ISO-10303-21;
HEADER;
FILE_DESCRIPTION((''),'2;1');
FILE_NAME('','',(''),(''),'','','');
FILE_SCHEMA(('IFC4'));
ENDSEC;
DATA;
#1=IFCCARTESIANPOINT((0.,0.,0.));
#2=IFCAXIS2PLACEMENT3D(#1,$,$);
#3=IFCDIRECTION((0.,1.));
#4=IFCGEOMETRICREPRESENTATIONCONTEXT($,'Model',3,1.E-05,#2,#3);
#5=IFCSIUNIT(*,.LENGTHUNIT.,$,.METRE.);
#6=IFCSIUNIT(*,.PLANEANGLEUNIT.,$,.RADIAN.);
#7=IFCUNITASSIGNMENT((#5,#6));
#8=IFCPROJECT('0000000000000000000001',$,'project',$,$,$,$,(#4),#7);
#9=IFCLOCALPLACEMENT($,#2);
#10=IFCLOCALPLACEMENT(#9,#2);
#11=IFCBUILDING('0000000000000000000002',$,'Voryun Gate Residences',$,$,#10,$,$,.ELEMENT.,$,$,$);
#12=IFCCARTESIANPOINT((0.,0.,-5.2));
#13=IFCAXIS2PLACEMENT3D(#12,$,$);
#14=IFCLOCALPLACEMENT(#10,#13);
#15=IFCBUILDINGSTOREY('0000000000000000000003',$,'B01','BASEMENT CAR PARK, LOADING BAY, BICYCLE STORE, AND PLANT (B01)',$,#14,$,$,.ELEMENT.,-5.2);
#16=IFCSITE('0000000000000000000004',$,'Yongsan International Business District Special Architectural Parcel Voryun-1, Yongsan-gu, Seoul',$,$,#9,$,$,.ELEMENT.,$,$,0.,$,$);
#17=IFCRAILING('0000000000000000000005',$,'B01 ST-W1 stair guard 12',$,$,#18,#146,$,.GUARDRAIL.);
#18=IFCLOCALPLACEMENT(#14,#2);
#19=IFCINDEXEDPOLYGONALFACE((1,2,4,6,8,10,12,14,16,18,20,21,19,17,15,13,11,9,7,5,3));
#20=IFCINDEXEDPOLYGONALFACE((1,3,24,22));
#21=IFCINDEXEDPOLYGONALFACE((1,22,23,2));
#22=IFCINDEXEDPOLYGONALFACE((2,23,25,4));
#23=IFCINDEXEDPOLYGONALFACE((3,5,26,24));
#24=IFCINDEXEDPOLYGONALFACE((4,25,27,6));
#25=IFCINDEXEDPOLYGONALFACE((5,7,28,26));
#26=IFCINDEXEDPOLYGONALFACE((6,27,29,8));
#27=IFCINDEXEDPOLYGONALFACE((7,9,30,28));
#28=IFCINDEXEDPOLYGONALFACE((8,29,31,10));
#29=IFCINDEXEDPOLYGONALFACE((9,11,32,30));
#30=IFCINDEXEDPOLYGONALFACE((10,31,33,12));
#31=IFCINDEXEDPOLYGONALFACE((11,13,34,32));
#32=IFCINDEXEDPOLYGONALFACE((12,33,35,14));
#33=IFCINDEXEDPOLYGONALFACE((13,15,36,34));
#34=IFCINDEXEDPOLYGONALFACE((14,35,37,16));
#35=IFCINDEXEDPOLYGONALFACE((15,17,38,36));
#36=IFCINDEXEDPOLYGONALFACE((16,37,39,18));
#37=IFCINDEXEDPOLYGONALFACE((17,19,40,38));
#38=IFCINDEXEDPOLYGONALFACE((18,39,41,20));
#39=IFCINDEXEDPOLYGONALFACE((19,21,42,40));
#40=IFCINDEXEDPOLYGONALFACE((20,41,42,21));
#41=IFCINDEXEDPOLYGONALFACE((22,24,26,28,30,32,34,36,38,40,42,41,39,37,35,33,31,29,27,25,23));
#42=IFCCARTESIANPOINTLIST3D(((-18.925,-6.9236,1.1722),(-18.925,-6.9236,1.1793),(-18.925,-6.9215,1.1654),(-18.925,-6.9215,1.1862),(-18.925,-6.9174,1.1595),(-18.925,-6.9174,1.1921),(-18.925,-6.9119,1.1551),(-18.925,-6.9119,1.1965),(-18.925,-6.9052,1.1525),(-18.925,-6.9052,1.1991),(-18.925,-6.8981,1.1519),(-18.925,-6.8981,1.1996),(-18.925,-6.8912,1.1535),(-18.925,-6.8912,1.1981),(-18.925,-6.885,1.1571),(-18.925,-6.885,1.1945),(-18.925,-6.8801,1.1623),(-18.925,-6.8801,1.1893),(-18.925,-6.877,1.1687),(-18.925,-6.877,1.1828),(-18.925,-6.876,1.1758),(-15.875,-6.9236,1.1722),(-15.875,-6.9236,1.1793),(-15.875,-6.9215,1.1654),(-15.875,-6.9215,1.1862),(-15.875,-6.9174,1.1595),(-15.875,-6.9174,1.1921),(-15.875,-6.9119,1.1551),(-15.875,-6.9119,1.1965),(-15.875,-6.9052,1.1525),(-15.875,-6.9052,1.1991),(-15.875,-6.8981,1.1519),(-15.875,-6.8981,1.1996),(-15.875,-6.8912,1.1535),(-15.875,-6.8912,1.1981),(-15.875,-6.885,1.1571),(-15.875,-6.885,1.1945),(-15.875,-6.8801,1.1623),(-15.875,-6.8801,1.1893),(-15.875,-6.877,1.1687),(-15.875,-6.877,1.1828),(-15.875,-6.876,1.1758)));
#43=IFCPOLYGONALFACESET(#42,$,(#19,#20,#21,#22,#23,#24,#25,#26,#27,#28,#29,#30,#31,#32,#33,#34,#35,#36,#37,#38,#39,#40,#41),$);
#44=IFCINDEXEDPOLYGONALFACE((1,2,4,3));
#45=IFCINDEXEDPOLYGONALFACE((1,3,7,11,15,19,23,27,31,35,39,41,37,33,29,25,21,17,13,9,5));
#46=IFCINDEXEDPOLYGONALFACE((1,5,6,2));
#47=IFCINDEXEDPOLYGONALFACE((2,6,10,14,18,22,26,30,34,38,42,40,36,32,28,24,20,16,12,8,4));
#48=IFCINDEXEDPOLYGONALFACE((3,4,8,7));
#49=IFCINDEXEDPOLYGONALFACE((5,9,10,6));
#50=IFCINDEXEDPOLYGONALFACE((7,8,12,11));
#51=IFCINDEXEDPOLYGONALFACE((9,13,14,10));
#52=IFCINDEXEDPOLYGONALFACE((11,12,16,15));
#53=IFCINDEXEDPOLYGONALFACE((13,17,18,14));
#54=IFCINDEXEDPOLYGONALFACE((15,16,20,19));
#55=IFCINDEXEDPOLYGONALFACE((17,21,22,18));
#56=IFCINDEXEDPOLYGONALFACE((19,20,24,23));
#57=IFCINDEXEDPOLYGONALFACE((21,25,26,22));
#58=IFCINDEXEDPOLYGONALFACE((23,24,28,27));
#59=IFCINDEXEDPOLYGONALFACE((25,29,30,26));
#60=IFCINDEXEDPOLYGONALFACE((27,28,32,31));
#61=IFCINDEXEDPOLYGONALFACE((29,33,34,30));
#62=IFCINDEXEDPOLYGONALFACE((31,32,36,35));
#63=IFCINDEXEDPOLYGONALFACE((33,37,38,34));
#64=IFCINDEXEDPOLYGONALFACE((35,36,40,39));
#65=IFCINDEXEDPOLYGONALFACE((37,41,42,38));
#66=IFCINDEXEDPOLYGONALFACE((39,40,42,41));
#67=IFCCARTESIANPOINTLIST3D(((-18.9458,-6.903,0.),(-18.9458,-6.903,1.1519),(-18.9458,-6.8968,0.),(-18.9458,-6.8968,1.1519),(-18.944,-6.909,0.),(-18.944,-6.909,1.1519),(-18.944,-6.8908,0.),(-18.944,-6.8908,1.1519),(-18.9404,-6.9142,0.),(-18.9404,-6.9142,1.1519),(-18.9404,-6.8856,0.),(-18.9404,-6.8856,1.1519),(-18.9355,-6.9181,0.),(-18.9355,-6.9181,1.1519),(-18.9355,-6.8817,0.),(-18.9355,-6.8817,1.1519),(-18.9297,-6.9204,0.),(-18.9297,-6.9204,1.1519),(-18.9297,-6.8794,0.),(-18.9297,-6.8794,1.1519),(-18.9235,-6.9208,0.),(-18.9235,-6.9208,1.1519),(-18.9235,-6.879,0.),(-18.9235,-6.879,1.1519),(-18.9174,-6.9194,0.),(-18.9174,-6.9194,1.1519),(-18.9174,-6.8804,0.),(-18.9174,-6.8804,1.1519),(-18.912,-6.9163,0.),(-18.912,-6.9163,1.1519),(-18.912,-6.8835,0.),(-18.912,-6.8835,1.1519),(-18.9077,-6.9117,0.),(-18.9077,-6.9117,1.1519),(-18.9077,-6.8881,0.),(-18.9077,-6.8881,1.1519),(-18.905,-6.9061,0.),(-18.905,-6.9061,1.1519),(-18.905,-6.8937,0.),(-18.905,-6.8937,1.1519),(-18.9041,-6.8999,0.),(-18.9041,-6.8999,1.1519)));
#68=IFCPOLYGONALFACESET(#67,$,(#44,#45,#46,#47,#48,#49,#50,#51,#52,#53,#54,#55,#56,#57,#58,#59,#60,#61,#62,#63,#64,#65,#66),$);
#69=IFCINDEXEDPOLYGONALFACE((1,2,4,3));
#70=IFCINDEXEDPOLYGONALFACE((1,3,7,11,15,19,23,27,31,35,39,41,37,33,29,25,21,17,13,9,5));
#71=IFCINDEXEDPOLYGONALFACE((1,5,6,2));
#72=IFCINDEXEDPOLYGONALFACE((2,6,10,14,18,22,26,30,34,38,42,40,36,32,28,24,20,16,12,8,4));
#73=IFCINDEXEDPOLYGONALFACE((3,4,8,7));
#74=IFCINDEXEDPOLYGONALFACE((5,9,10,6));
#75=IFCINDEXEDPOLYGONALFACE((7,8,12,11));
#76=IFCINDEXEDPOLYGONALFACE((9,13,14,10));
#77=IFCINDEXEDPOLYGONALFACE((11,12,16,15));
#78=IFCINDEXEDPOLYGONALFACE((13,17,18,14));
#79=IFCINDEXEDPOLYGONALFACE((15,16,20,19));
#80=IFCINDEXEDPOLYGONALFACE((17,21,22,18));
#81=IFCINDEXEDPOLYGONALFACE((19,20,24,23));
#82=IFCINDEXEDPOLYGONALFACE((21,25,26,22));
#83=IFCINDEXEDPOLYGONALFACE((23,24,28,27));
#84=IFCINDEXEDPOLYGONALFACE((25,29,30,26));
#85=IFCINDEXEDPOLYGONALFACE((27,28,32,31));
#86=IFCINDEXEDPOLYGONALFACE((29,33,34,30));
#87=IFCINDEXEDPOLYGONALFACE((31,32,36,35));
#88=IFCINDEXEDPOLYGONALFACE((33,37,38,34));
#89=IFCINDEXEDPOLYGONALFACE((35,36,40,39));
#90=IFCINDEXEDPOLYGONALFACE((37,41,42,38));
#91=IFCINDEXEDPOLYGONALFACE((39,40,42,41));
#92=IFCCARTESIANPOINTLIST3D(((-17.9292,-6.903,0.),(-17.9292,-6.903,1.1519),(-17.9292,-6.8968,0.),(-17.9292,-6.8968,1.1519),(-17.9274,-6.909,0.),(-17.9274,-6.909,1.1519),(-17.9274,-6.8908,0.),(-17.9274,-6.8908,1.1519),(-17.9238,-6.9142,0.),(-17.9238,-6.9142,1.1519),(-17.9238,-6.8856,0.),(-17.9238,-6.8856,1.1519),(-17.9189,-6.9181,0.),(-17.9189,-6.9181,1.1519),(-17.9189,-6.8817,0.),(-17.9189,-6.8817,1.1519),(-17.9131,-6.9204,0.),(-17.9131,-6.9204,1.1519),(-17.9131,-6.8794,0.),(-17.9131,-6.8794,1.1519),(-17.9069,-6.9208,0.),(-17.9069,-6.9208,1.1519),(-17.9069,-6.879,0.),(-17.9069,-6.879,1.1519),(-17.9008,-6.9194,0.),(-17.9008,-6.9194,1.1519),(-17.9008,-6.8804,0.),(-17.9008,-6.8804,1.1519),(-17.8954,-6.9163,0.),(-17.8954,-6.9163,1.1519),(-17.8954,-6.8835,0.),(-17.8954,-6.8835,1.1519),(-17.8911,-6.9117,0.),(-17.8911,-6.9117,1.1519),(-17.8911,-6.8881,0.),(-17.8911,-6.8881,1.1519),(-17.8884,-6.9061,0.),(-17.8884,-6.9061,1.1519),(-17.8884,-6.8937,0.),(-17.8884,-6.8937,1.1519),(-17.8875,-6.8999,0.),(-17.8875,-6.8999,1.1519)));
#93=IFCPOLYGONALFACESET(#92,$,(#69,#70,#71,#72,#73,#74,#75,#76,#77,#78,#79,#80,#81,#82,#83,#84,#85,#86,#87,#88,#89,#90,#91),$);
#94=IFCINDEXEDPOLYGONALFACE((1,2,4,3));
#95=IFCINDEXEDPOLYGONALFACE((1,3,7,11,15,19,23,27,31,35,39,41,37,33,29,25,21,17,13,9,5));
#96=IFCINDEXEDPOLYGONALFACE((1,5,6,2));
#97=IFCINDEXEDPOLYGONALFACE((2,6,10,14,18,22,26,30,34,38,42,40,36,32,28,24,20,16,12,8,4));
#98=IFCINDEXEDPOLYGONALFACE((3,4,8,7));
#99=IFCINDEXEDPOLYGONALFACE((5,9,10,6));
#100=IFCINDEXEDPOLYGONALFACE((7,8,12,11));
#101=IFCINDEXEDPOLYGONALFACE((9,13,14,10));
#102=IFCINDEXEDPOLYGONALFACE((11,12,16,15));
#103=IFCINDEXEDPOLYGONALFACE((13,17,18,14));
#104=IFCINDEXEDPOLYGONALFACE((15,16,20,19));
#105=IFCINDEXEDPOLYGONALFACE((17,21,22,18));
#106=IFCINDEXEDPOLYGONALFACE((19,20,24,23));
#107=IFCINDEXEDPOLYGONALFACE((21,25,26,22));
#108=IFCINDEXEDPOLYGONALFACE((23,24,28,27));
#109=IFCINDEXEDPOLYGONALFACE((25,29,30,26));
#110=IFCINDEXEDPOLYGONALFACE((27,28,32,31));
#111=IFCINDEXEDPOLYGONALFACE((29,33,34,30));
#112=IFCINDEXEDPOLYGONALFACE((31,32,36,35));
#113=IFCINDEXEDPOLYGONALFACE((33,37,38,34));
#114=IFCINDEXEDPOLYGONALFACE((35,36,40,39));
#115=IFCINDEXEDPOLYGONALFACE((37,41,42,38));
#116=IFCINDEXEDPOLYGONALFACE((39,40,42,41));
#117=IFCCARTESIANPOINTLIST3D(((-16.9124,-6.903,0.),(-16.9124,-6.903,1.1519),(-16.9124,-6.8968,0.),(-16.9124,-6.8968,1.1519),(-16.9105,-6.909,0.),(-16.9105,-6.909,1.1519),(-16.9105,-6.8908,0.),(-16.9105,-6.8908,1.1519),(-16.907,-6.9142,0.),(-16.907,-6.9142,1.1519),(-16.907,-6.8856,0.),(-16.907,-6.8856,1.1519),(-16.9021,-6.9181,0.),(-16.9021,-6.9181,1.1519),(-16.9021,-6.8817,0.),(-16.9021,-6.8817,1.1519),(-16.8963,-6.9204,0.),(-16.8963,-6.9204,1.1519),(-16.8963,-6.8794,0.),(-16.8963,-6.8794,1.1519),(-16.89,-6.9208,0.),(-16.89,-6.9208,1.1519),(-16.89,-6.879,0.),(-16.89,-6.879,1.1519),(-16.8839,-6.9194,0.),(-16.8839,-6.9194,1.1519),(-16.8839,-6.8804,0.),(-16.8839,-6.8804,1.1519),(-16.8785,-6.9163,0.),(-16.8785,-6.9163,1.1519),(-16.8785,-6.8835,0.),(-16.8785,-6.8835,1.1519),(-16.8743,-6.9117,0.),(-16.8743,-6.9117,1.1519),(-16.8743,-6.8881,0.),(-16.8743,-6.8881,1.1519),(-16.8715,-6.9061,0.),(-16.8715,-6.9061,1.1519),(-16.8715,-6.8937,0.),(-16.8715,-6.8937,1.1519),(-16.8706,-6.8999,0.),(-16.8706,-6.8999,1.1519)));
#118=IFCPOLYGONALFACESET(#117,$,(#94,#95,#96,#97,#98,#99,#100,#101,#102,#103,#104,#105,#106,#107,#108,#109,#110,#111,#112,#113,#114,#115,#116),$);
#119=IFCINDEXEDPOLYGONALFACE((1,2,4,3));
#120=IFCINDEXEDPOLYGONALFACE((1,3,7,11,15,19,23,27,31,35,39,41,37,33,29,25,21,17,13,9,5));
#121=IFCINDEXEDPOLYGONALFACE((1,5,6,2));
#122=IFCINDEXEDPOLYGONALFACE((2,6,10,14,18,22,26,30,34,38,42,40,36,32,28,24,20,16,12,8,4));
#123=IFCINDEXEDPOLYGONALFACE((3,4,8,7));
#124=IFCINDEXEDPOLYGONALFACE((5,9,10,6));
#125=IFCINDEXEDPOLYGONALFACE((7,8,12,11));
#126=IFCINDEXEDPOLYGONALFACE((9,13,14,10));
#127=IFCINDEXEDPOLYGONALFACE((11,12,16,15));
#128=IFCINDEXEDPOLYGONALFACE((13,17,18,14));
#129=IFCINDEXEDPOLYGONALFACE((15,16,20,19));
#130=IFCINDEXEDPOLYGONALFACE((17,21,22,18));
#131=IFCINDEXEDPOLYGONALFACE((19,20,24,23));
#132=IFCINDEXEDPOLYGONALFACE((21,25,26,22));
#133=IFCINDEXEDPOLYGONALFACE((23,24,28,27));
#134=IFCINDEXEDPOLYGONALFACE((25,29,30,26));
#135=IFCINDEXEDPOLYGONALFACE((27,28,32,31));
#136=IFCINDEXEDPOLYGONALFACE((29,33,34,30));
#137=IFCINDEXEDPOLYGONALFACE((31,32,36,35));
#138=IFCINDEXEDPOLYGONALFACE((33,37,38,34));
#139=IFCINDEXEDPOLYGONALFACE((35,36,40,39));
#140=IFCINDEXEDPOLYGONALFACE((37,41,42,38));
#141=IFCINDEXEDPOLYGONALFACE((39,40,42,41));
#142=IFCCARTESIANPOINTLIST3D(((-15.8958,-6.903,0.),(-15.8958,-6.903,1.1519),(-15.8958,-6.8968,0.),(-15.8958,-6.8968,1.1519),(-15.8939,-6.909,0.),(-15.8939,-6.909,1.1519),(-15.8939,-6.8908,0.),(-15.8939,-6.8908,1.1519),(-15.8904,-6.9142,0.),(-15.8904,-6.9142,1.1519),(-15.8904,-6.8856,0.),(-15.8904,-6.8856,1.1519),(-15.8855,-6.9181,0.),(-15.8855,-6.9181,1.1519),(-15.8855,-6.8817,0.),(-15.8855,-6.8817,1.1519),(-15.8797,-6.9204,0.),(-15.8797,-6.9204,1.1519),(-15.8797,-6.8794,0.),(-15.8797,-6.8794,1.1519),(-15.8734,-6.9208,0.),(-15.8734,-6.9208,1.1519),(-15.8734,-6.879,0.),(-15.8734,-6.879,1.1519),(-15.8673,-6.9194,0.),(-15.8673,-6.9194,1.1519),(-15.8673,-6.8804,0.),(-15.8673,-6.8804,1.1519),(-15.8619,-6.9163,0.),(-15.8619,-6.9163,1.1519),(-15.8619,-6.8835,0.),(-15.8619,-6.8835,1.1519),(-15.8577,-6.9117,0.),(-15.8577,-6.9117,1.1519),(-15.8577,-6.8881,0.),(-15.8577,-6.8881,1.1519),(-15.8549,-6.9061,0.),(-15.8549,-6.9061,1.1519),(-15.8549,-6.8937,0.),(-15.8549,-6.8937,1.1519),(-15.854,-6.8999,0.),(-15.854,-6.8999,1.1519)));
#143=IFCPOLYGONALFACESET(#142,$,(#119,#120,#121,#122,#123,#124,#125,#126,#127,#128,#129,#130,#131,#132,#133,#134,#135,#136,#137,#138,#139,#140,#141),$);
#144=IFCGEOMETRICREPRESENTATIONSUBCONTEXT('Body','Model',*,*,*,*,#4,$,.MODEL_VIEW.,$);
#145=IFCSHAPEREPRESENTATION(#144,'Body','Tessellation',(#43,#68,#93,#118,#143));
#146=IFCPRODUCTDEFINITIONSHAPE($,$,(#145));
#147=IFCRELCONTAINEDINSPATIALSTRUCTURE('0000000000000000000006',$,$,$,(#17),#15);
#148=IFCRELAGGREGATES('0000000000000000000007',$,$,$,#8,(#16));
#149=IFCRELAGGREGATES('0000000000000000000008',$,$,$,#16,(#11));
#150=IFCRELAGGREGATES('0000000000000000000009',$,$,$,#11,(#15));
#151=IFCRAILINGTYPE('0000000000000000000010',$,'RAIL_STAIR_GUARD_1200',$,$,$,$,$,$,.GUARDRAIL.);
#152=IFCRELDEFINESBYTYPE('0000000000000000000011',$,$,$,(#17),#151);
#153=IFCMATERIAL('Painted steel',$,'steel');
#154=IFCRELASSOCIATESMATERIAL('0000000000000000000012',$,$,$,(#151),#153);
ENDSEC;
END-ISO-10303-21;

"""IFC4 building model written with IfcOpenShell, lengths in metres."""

from ifc_helpers import new_model, si_unit, direction, frame, origin, origin_2d, place, context, subcontext, project, spatial, circle, extrude, material, type_object, element, save


model = new_model("IFC4")

# Units and contexts
model_context = context("Model", 3, precision=1e-05, world=origin(), true_north=direction((0.0, 1.0)))
body_context = subcontext(model_context, "Body", "Model", "MODEL_VIEW")
ifc_project = project(units=[si_unit("LENGTHUNIT", "METRE"), si_unit("PLANEANGLEUNIT", "RADIAN")], contexts=[model_context])

# Site, building, storey
site_placement = place(None, origin())
site = spatial("IfcSite", under=ifc_project, at=site_placement, Name="Yongsan International Business District Special Architectural Parcel Voryun-1, Yongsan-gu, Seoul", CompositionType="ELEMENT", RefElevation=0.0)
building_placement = place(site_placement, origin())
building = spatial("IfcBuilding", under=site, at=building_placement, Name="Voryun Gate Residences", CompositionType="ELEMENT")
storey_placement = place(building_placement, frame((0.0, 0.0, -5.2)))
storey = spatial("IfcBuildingStorey", under=building, at=storey_placement, Name="B01", Description="BASEMENT CAR PARK, LOADING BAY, BICYCLE STORE, AND PLANT (B01)", CompositionType="ELEMENT", Elevation=-5.2)

# Railing
ifc_material_1 = material(Name="Painted steel", Category="steel")
railing_type = type_object("IfcRailingType", Name="RAIL_STAIR_GUARD_1200", PredefinedType="GUARDRAIL", material=ifc_material_1)
railing_1_placement = place(storey_placement, frame((-18.925, -6.8999, 0.0)))
element("IfcRailing", 1, at=railing_1_placement, inside=storey, type_object=railing_type, Name="B01 ST-W1 stair guard 12", PredefinedType="GUARDRAIL", context=body_context, shape_type="SweptSolid", body=[
    extrude(circle(Radius=0.0239, at=origin_2d()), frame((0.0, 0.0, 1.1758), z_axis=(1.0, 0.0, 0.0), x_axis=(0.0, 1.0, 0.0)), (0.0, 0.0, 1.0), 3.05),
    extrude(circle(Radius=0.021, at=origin_2d()), origin(), (0.0, 0.0, 1.0), 1.1519),
    extrude(circle(Radius=0.021, at=origin_2d()), frame((1.0166, 0.0, 0.0)), (0.0, 0.0, 1.0), 1.1519),
    extrude(circle(Radius=0.021, at=origin_2d()), frame((2.0334, 0.0, 0.0)), (0.0, 0.0, 1.0), 1.1519),
    extrude(circle(Radius=0.021, at=origin_2d()), frame((3.05, 0.0, 0.0)), (0.0, 0.0, 1.0), 1.1519),
])

save(model, "model.ifc")
